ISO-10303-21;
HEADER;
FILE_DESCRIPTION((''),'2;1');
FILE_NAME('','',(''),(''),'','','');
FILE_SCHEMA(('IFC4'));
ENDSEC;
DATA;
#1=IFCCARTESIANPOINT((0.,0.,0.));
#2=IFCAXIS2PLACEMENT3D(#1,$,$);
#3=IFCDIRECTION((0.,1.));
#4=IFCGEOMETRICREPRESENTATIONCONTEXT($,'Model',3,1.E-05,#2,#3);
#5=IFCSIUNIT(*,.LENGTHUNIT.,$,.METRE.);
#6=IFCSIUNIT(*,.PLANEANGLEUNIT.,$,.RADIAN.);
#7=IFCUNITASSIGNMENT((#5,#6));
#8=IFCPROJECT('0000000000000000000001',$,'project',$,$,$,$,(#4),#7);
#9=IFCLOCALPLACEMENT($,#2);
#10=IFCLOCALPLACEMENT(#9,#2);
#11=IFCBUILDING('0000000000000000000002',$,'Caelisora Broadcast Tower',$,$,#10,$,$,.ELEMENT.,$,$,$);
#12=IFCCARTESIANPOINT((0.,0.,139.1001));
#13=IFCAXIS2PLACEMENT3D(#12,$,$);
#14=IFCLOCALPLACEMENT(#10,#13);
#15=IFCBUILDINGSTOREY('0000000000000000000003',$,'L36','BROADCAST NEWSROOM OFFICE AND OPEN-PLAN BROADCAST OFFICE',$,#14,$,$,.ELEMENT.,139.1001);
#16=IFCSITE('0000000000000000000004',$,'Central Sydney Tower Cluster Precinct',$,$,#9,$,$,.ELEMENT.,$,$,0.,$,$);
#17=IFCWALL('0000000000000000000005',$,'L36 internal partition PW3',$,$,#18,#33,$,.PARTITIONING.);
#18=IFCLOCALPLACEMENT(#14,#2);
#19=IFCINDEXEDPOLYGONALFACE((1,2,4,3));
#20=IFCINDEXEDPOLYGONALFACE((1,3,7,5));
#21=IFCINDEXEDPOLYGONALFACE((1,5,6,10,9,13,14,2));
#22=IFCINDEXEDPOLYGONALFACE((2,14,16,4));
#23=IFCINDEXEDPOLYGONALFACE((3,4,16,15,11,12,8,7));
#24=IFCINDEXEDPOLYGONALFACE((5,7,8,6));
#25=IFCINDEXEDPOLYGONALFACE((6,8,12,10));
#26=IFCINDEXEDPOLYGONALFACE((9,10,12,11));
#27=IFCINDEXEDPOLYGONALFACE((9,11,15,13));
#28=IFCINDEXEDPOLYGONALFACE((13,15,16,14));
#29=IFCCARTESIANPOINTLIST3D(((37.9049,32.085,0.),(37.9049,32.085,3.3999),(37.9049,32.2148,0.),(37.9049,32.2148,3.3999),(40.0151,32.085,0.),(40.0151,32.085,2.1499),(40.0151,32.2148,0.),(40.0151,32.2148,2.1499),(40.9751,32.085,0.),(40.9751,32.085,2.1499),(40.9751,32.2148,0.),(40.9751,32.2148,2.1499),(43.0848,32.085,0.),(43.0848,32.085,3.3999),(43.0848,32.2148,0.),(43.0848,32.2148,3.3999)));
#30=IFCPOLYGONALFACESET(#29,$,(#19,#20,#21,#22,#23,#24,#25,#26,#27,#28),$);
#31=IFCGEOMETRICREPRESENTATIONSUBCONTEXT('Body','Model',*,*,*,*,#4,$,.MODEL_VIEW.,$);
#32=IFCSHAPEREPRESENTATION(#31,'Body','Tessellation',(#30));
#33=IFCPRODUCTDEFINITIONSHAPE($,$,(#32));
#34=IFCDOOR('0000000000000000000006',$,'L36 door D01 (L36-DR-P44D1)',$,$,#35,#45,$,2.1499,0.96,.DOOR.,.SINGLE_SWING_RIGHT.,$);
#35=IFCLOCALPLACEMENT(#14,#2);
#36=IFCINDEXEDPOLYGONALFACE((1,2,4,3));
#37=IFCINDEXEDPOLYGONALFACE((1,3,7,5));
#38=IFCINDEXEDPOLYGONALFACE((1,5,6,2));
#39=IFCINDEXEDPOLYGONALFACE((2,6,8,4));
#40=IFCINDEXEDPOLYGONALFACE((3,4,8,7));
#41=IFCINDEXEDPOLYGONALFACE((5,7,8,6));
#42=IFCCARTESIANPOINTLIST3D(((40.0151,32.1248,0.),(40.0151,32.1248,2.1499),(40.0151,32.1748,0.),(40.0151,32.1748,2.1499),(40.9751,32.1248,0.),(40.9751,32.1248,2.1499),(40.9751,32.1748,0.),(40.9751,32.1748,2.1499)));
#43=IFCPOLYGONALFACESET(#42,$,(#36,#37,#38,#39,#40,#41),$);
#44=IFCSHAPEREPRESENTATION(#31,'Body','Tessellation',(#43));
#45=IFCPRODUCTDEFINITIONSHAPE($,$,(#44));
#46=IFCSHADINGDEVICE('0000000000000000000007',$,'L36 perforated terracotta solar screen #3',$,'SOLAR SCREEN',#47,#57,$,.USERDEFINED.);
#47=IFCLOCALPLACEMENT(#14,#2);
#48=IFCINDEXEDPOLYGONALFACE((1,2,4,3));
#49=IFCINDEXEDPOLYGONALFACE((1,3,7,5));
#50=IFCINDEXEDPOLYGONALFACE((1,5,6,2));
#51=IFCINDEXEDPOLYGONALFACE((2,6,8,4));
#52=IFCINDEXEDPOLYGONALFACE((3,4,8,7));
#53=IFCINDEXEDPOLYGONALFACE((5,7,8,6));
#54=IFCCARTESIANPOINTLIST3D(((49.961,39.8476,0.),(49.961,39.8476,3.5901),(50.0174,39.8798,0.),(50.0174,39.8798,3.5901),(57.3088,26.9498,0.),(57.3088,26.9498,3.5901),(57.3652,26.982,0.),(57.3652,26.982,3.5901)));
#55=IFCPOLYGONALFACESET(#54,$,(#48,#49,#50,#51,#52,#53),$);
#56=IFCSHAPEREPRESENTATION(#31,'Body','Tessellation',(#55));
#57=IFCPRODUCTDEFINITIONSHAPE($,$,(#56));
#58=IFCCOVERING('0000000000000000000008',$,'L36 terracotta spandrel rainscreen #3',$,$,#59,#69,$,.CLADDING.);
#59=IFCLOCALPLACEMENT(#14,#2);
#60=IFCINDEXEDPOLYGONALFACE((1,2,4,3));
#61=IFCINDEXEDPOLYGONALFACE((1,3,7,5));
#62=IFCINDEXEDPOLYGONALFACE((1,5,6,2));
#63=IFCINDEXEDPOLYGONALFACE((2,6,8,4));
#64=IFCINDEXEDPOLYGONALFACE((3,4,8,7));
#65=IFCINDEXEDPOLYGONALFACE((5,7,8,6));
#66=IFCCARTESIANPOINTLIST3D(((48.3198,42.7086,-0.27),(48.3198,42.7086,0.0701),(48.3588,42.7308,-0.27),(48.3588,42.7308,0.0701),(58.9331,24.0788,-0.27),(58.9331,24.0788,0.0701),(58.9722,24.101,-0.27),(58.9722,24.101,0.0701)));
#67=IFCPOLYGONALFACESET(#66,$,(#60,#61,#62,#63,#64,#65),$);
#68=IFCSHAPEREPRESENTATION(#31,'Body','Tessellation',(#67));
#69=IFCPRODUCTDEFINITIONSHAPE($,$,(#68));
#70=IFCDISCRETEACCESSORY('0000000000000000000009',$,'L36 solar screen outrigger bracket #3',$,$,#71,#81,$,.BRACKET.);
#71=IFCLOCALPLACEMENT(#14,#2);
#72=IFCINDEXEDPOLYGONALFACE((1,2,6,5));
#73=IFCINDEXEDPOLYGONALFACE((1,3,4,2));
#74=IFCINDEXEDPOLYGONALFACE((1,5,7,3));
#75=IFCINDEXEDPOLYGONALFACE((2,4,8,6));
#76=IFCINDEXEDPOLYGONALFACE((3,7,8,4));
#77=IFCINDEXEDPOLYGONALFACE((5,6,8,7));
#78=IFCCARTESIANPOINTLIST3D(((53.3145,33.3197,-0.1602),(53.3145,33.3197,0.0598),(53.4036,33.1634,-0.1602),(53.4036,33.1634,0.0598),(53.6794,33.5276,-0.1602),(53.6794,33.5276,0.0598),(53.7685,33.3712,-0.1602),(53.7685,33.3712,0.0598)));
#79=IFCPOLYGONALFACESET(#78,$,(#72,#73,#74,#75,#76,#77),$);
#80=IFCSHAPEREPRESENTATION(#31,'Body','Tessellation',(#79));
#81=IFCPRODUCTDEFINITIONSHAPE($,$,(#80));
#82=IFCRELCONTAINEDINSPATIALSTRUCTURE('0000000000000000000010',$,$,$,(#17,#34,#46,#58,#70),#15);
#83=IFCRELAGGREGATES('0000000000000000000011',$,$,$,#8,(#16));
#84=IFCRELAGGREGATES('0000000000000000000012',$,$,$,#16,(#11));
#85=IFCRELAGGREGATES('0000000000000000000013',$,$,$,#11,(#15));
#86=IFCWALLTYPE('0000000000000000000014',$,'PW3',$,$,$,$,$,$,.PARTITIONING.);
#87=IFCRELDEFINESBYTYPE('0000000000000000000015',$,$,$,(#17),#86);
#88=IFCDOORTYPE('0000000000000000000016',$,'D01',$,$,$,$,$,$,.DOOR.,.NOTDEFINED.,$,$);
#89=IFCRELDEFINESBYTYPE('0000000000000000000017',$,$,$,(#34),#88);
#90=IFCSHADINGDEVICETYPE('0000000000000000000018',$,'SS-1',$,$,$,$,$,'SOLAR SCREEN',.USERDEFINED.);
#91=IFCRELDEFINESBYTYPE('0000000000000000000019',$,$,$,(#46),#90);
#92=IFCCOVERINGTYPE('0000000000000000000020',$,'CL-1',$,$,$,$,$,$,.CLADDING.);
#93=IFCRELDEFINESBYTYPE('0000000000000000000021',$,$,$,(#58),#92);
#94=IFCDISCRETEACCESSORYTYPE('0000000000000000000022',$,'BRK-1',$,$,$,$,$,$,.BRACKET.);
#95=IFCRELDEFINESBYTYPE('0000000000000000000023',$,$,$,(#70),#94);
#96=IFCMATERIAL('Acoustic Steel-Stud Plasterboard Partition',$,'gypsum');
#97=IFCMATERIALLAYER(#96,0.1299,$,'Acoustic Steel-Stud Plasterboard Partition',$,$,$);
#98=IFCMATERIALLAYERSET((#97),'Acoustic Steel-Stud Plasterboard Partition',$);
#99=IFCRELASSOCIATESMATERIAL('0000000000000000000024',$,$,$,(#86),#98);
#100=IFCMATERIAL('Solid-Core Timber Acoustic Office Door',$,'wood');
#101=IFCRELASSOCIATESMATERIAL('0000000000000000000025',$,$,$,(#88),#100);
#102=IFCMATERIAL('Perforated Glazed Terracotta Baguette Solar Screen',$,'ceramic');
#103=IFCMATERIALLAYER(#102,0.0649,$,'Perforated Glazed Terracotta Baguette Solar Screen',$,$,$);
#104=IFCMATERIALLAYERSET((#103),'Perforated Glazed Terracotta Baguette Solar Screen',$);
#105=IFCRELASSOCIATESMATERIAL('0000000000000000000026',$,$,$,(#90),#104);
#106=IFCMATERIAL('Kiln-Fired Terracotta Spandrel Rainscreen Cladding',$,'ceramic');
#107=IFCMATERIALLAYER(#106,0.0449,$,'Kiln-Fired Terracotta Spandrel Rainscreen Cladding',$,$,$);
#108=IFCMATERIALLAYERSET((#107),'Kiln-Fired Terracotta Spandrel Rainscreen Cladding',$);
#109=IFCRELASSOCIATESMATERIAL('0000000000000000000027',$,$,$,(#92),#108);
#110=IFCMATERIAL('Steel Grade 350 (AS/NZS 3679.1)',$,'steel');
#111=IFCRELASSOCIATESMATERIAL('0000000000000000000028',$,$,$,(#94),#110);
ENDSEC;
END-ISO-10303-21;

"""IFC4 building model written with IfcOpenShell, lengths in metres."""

from ifc_helpers import new_model, si_unit, direction, frame, frame_2d, origin, origin_2d, place, context, subcontext, project, spatial, rectangle, extrude, source, transform, mapped, material, layer, layer_set, type_object, type_shapes, element, fill, save


model = new_model("IFC4")

# Units and contexts
model_context = context("Model", 3, precision=1e-05, world=origin(), true_north=direction((0.0, 1.0)))
body_context = subcontext(model_context, "Body", "Model", "MODEL_VIEW")
ifc_project = project(units=[si_unit("LENGTHUNIT", "METRE"), si_unit("PLANEANGLEUNIT", "RADIAN")], contexts=[model_context])

# Site, building, storey
site_placement = place(None, origin())
site = spatial("IfcSite", under=ifc_project, at=site_placement, Name="Central Sydney Tower Cluster Precinct", CompositionType="ELEMENT", RefElevation=0.0)
building_placement = place(site_placement, origin())
building = spatial("IfcBuilding", under=site, at=building_placement, Name="Caelisora Broadcast Tower", CompositionType="ELEMENT")
storey_placement = place(building_placement, frame((0.0, 0.0, 139.1001)))
storey = spatial("IfcBuildingStorey", under=building, at=storey_placement, Name="L36", Description="BROADCAST NEWSROOM OFFICE AND OPEN-PLAN BROADCAST OFFICE", CompositionType="ELEMENT", Elevation=139.1001)

# Shared definitions
ifc_material_1 = material(Name="Steel Grade 350 (AS/NZS 3679.1)", Category="steel")

# Shared definitions
ifc_material_2 = material(Name="Acoustic Steel-Stud Plasterboard Partition", Category="gypsum")
ifc_layer_1 = layer(ifc_material_2, 0.1299, Name="Acoustic Steel-Stud Plasterboard Partition")
ifc_layer_set_1 = layer_set([ifc_layer_1], Name="Acoustic Steel-Stud Plasterboard Partition")
wall_type = type_object("IfcWallType", Name="PW3", PredefinedType="PARTITIONING", material=ifc_layer_set_1)
ifc_material_3 = material(Name="Solid-Core Timber Acoustic Office Door", Category="wood")
door_type = type_object("IfcDoorType", Name="D01", OperationType="NOTDEFINED", PredefinedType="DOOR", material=ifc_material_3)

# Wall, opening, door
wall_1_placement = place(storey_placement, frame((37.905, 32.1499, 0.0), z_axis=(0.0, 0.0, 1.0), x_axis=(1.0, 0.0, 0.0)))
wall_1 = element("IfcWall", 1, at=wall_1_placement, inside=storey, type_object=wall_type, Name="L36 internal partition PW3", PredefinedType="PARTITIONING", context=body_context, shape_type="SweptSolid", body=[
    extrude(rectangle(XDim=5.1799, YDim=0.1299, at=frame_2d((2.5898, 0.0))), origin(), (0.0, 0.0, 1.0), 3.3999),
])
opening_1_placement = place(wall_1_placement, frame((2.1101, 0.0, 0.0)))
opening_1 = element("IfcOpeningElement", 2, at=opening_1_placement, cuts=wall_1, PredefinedType="OPENING", context=body_context, shape_type="SweptSolid", body=[
    extrude(rectangle(XDim=0.96, YDim=2.1499, at=frame_2d((0.48, 1.075))), frame((0.0, 0.0769, 0.0), z_axis=(0.0, -1.0, 0.0), x_axis=(1.0, 0.0, 0.0)), (0.0, 0.0, 1.0), 0.1538),
])
door_1_placement = place(opening_1_placement, origin())
door_1 = element("IfcDoor", 3, at=door_1_placement, inside=storey, type_object=door_type, Name="L36 door D01 (L36-DR-P44D1)", OperationType="SINGLE_SWING_RIGHT", OverallHeight=2.1499, OverallWidth=0.96, PredefinedType="DOOR", context=body_context, shape_type="SweptSolid", body=[
    extrude(rectangle(XDim=0.96, YDim=2.1499, at=frame_2d((0.48, 1.075))), frame((0.0, 0.0249, 0.0), z_axis=(0.0, -1.0, 0.0), x_axis=(1.0, 0.0, 0.0)), (0.0, 0.0, 1.0), 0.05),
])
fill(opening_1, door_1)

# Shading device
ifc_material_4 = material(Name="Perforated Glazed Terracotta Baguette Solar Screen", Category="ceramic")
ifc_layer_2 = layer(ifc_material_4, 0.0649, Name="Perforated Glazed Terracotta Baguette Solar Screen")
ifc_layer_set_2 = layer_set([ifc_layer_2], Name="Perforated Glazed Terracotta Baguette Solar Screen")
shading_device_type = type_object("IfcShadingDeviceType", Name="SS-1", ElementType="SOLAR SCREEN", PredefinedType="USERDEFINED", material=ifc_layer_set_2)
shared_shape_1 = source(origin(), body_context, "Body", "SweptSolid", [
    extrude(rectangle(XDim=14.844, YDim=0.0649, at=origin_2d()), origin(), (0.0, 0.0, 1.0), 3.5901),
])
type_shapes(shading_device_type, [shared_shape_1])
shading_device_placement = place(storey_placement, frame((53.6631, 33.4148, 0.0), z_axis=(0.0, 0.0, 1.0), x_axis=(-0.495004, 0.868891, 0.0)))
element("IfcShadingDevice", 4, at=shading_device_placement, inside=storey, type_object=shading_device_type, Name="L36 perforated terracotta solar screen #3", ObjectType="SOLAR SCREEN", PredefinedType="USERDEFINED", context=body_context, shape_type="MappedRepresentation", body=[
    mapped(shared_shape_1, transform((0.0, 0.0, 0.0), scale=1.0)),
])

# Covering
ifc_material_5 = material(Name="Kiln-Fired Terracotta Spandrel Rainscreen Cladding", Category="ceramic")
ifc_layer_3 = layer(ifc_material_5, 0.0449, Name="Kiln-Fired Terracotta Spandrel Rainscreen Cladding")
ifc_layer_set_3 = layer_set([ifc_layer_3], Name="Kiln-Fired Terracotta Spandrel Rainscreen Cladding")
covering_type = type_object("IfcCoveringType", Name="CL-1", PredefinedType="CLADDING", material=ifc_layer_set_3)
shared_shape_2 = source(origin(), body_context, "Body", "SweptSolid", [
    extrude(rectangle(XDim=21.4409, YDim=0.0449, at=origin_2d()), origin(), (0.0, 0.0, 1.0), 0.3401),
])
type_shapes(covering_type, [shared_shape_2])
covering_placement = place(storey_placement, frame((53.646, 33.4048, -0.27), z_axis=(0.0, 0.0, 1.0), x_axis=(-0.495004, 0.868891, 0.0)))
element("IfcCovering", 5, at=covering_placement, inside=storey, type_object=covering_type, Name="L36 terracotta spandrel rainscreen #3", PredefinedType="CLADDING", context=body_context, shape_type="MappedRepresentation", body=[
    mapped(shared_shape_2, transform((0.0, 0.0, 0.0), scale=1.0)),
])

# Discrete accessory
discrete_accessory_type = type_object("IfcDiscreteAccessoryType", Name="BRK-1", PredefinedType="BRACKET", material=ifc_material_1)
shared_shape_3 = source(origin(), body_context, "Body", "SweptSolid", [
    extrude(rectangle(XDim=0.1799, YDim=0.4199, at=origin_2d()), origin(), (0.0, 0.0, 1.0), 0.22),
])
type_shapes(discrete_accessory_type, [shared_shape_3])
discrete_accessory_placement = place(storey_placement, frame((53.5415, 33.3455, -0.1602), z_axis=(0.0, 0.0, 1.0), x_axis=(-0.495004, 0.868891, 0.0)))
element("IfcDiscreteAccessory", 6, at=discrete_accessory_placement, inside=storey, type_object=discrete_accessory_type, Name="L36 solar screen outrigger bracket #3", PredefinedType="BRACKET", context=body_context, shape_type="MappedRepresentation", body=[
    mapped(shared_shape_3, transform((0.0, 0.0, 0.0), scale=1.0)),
])

save(model, "model.ifc")
